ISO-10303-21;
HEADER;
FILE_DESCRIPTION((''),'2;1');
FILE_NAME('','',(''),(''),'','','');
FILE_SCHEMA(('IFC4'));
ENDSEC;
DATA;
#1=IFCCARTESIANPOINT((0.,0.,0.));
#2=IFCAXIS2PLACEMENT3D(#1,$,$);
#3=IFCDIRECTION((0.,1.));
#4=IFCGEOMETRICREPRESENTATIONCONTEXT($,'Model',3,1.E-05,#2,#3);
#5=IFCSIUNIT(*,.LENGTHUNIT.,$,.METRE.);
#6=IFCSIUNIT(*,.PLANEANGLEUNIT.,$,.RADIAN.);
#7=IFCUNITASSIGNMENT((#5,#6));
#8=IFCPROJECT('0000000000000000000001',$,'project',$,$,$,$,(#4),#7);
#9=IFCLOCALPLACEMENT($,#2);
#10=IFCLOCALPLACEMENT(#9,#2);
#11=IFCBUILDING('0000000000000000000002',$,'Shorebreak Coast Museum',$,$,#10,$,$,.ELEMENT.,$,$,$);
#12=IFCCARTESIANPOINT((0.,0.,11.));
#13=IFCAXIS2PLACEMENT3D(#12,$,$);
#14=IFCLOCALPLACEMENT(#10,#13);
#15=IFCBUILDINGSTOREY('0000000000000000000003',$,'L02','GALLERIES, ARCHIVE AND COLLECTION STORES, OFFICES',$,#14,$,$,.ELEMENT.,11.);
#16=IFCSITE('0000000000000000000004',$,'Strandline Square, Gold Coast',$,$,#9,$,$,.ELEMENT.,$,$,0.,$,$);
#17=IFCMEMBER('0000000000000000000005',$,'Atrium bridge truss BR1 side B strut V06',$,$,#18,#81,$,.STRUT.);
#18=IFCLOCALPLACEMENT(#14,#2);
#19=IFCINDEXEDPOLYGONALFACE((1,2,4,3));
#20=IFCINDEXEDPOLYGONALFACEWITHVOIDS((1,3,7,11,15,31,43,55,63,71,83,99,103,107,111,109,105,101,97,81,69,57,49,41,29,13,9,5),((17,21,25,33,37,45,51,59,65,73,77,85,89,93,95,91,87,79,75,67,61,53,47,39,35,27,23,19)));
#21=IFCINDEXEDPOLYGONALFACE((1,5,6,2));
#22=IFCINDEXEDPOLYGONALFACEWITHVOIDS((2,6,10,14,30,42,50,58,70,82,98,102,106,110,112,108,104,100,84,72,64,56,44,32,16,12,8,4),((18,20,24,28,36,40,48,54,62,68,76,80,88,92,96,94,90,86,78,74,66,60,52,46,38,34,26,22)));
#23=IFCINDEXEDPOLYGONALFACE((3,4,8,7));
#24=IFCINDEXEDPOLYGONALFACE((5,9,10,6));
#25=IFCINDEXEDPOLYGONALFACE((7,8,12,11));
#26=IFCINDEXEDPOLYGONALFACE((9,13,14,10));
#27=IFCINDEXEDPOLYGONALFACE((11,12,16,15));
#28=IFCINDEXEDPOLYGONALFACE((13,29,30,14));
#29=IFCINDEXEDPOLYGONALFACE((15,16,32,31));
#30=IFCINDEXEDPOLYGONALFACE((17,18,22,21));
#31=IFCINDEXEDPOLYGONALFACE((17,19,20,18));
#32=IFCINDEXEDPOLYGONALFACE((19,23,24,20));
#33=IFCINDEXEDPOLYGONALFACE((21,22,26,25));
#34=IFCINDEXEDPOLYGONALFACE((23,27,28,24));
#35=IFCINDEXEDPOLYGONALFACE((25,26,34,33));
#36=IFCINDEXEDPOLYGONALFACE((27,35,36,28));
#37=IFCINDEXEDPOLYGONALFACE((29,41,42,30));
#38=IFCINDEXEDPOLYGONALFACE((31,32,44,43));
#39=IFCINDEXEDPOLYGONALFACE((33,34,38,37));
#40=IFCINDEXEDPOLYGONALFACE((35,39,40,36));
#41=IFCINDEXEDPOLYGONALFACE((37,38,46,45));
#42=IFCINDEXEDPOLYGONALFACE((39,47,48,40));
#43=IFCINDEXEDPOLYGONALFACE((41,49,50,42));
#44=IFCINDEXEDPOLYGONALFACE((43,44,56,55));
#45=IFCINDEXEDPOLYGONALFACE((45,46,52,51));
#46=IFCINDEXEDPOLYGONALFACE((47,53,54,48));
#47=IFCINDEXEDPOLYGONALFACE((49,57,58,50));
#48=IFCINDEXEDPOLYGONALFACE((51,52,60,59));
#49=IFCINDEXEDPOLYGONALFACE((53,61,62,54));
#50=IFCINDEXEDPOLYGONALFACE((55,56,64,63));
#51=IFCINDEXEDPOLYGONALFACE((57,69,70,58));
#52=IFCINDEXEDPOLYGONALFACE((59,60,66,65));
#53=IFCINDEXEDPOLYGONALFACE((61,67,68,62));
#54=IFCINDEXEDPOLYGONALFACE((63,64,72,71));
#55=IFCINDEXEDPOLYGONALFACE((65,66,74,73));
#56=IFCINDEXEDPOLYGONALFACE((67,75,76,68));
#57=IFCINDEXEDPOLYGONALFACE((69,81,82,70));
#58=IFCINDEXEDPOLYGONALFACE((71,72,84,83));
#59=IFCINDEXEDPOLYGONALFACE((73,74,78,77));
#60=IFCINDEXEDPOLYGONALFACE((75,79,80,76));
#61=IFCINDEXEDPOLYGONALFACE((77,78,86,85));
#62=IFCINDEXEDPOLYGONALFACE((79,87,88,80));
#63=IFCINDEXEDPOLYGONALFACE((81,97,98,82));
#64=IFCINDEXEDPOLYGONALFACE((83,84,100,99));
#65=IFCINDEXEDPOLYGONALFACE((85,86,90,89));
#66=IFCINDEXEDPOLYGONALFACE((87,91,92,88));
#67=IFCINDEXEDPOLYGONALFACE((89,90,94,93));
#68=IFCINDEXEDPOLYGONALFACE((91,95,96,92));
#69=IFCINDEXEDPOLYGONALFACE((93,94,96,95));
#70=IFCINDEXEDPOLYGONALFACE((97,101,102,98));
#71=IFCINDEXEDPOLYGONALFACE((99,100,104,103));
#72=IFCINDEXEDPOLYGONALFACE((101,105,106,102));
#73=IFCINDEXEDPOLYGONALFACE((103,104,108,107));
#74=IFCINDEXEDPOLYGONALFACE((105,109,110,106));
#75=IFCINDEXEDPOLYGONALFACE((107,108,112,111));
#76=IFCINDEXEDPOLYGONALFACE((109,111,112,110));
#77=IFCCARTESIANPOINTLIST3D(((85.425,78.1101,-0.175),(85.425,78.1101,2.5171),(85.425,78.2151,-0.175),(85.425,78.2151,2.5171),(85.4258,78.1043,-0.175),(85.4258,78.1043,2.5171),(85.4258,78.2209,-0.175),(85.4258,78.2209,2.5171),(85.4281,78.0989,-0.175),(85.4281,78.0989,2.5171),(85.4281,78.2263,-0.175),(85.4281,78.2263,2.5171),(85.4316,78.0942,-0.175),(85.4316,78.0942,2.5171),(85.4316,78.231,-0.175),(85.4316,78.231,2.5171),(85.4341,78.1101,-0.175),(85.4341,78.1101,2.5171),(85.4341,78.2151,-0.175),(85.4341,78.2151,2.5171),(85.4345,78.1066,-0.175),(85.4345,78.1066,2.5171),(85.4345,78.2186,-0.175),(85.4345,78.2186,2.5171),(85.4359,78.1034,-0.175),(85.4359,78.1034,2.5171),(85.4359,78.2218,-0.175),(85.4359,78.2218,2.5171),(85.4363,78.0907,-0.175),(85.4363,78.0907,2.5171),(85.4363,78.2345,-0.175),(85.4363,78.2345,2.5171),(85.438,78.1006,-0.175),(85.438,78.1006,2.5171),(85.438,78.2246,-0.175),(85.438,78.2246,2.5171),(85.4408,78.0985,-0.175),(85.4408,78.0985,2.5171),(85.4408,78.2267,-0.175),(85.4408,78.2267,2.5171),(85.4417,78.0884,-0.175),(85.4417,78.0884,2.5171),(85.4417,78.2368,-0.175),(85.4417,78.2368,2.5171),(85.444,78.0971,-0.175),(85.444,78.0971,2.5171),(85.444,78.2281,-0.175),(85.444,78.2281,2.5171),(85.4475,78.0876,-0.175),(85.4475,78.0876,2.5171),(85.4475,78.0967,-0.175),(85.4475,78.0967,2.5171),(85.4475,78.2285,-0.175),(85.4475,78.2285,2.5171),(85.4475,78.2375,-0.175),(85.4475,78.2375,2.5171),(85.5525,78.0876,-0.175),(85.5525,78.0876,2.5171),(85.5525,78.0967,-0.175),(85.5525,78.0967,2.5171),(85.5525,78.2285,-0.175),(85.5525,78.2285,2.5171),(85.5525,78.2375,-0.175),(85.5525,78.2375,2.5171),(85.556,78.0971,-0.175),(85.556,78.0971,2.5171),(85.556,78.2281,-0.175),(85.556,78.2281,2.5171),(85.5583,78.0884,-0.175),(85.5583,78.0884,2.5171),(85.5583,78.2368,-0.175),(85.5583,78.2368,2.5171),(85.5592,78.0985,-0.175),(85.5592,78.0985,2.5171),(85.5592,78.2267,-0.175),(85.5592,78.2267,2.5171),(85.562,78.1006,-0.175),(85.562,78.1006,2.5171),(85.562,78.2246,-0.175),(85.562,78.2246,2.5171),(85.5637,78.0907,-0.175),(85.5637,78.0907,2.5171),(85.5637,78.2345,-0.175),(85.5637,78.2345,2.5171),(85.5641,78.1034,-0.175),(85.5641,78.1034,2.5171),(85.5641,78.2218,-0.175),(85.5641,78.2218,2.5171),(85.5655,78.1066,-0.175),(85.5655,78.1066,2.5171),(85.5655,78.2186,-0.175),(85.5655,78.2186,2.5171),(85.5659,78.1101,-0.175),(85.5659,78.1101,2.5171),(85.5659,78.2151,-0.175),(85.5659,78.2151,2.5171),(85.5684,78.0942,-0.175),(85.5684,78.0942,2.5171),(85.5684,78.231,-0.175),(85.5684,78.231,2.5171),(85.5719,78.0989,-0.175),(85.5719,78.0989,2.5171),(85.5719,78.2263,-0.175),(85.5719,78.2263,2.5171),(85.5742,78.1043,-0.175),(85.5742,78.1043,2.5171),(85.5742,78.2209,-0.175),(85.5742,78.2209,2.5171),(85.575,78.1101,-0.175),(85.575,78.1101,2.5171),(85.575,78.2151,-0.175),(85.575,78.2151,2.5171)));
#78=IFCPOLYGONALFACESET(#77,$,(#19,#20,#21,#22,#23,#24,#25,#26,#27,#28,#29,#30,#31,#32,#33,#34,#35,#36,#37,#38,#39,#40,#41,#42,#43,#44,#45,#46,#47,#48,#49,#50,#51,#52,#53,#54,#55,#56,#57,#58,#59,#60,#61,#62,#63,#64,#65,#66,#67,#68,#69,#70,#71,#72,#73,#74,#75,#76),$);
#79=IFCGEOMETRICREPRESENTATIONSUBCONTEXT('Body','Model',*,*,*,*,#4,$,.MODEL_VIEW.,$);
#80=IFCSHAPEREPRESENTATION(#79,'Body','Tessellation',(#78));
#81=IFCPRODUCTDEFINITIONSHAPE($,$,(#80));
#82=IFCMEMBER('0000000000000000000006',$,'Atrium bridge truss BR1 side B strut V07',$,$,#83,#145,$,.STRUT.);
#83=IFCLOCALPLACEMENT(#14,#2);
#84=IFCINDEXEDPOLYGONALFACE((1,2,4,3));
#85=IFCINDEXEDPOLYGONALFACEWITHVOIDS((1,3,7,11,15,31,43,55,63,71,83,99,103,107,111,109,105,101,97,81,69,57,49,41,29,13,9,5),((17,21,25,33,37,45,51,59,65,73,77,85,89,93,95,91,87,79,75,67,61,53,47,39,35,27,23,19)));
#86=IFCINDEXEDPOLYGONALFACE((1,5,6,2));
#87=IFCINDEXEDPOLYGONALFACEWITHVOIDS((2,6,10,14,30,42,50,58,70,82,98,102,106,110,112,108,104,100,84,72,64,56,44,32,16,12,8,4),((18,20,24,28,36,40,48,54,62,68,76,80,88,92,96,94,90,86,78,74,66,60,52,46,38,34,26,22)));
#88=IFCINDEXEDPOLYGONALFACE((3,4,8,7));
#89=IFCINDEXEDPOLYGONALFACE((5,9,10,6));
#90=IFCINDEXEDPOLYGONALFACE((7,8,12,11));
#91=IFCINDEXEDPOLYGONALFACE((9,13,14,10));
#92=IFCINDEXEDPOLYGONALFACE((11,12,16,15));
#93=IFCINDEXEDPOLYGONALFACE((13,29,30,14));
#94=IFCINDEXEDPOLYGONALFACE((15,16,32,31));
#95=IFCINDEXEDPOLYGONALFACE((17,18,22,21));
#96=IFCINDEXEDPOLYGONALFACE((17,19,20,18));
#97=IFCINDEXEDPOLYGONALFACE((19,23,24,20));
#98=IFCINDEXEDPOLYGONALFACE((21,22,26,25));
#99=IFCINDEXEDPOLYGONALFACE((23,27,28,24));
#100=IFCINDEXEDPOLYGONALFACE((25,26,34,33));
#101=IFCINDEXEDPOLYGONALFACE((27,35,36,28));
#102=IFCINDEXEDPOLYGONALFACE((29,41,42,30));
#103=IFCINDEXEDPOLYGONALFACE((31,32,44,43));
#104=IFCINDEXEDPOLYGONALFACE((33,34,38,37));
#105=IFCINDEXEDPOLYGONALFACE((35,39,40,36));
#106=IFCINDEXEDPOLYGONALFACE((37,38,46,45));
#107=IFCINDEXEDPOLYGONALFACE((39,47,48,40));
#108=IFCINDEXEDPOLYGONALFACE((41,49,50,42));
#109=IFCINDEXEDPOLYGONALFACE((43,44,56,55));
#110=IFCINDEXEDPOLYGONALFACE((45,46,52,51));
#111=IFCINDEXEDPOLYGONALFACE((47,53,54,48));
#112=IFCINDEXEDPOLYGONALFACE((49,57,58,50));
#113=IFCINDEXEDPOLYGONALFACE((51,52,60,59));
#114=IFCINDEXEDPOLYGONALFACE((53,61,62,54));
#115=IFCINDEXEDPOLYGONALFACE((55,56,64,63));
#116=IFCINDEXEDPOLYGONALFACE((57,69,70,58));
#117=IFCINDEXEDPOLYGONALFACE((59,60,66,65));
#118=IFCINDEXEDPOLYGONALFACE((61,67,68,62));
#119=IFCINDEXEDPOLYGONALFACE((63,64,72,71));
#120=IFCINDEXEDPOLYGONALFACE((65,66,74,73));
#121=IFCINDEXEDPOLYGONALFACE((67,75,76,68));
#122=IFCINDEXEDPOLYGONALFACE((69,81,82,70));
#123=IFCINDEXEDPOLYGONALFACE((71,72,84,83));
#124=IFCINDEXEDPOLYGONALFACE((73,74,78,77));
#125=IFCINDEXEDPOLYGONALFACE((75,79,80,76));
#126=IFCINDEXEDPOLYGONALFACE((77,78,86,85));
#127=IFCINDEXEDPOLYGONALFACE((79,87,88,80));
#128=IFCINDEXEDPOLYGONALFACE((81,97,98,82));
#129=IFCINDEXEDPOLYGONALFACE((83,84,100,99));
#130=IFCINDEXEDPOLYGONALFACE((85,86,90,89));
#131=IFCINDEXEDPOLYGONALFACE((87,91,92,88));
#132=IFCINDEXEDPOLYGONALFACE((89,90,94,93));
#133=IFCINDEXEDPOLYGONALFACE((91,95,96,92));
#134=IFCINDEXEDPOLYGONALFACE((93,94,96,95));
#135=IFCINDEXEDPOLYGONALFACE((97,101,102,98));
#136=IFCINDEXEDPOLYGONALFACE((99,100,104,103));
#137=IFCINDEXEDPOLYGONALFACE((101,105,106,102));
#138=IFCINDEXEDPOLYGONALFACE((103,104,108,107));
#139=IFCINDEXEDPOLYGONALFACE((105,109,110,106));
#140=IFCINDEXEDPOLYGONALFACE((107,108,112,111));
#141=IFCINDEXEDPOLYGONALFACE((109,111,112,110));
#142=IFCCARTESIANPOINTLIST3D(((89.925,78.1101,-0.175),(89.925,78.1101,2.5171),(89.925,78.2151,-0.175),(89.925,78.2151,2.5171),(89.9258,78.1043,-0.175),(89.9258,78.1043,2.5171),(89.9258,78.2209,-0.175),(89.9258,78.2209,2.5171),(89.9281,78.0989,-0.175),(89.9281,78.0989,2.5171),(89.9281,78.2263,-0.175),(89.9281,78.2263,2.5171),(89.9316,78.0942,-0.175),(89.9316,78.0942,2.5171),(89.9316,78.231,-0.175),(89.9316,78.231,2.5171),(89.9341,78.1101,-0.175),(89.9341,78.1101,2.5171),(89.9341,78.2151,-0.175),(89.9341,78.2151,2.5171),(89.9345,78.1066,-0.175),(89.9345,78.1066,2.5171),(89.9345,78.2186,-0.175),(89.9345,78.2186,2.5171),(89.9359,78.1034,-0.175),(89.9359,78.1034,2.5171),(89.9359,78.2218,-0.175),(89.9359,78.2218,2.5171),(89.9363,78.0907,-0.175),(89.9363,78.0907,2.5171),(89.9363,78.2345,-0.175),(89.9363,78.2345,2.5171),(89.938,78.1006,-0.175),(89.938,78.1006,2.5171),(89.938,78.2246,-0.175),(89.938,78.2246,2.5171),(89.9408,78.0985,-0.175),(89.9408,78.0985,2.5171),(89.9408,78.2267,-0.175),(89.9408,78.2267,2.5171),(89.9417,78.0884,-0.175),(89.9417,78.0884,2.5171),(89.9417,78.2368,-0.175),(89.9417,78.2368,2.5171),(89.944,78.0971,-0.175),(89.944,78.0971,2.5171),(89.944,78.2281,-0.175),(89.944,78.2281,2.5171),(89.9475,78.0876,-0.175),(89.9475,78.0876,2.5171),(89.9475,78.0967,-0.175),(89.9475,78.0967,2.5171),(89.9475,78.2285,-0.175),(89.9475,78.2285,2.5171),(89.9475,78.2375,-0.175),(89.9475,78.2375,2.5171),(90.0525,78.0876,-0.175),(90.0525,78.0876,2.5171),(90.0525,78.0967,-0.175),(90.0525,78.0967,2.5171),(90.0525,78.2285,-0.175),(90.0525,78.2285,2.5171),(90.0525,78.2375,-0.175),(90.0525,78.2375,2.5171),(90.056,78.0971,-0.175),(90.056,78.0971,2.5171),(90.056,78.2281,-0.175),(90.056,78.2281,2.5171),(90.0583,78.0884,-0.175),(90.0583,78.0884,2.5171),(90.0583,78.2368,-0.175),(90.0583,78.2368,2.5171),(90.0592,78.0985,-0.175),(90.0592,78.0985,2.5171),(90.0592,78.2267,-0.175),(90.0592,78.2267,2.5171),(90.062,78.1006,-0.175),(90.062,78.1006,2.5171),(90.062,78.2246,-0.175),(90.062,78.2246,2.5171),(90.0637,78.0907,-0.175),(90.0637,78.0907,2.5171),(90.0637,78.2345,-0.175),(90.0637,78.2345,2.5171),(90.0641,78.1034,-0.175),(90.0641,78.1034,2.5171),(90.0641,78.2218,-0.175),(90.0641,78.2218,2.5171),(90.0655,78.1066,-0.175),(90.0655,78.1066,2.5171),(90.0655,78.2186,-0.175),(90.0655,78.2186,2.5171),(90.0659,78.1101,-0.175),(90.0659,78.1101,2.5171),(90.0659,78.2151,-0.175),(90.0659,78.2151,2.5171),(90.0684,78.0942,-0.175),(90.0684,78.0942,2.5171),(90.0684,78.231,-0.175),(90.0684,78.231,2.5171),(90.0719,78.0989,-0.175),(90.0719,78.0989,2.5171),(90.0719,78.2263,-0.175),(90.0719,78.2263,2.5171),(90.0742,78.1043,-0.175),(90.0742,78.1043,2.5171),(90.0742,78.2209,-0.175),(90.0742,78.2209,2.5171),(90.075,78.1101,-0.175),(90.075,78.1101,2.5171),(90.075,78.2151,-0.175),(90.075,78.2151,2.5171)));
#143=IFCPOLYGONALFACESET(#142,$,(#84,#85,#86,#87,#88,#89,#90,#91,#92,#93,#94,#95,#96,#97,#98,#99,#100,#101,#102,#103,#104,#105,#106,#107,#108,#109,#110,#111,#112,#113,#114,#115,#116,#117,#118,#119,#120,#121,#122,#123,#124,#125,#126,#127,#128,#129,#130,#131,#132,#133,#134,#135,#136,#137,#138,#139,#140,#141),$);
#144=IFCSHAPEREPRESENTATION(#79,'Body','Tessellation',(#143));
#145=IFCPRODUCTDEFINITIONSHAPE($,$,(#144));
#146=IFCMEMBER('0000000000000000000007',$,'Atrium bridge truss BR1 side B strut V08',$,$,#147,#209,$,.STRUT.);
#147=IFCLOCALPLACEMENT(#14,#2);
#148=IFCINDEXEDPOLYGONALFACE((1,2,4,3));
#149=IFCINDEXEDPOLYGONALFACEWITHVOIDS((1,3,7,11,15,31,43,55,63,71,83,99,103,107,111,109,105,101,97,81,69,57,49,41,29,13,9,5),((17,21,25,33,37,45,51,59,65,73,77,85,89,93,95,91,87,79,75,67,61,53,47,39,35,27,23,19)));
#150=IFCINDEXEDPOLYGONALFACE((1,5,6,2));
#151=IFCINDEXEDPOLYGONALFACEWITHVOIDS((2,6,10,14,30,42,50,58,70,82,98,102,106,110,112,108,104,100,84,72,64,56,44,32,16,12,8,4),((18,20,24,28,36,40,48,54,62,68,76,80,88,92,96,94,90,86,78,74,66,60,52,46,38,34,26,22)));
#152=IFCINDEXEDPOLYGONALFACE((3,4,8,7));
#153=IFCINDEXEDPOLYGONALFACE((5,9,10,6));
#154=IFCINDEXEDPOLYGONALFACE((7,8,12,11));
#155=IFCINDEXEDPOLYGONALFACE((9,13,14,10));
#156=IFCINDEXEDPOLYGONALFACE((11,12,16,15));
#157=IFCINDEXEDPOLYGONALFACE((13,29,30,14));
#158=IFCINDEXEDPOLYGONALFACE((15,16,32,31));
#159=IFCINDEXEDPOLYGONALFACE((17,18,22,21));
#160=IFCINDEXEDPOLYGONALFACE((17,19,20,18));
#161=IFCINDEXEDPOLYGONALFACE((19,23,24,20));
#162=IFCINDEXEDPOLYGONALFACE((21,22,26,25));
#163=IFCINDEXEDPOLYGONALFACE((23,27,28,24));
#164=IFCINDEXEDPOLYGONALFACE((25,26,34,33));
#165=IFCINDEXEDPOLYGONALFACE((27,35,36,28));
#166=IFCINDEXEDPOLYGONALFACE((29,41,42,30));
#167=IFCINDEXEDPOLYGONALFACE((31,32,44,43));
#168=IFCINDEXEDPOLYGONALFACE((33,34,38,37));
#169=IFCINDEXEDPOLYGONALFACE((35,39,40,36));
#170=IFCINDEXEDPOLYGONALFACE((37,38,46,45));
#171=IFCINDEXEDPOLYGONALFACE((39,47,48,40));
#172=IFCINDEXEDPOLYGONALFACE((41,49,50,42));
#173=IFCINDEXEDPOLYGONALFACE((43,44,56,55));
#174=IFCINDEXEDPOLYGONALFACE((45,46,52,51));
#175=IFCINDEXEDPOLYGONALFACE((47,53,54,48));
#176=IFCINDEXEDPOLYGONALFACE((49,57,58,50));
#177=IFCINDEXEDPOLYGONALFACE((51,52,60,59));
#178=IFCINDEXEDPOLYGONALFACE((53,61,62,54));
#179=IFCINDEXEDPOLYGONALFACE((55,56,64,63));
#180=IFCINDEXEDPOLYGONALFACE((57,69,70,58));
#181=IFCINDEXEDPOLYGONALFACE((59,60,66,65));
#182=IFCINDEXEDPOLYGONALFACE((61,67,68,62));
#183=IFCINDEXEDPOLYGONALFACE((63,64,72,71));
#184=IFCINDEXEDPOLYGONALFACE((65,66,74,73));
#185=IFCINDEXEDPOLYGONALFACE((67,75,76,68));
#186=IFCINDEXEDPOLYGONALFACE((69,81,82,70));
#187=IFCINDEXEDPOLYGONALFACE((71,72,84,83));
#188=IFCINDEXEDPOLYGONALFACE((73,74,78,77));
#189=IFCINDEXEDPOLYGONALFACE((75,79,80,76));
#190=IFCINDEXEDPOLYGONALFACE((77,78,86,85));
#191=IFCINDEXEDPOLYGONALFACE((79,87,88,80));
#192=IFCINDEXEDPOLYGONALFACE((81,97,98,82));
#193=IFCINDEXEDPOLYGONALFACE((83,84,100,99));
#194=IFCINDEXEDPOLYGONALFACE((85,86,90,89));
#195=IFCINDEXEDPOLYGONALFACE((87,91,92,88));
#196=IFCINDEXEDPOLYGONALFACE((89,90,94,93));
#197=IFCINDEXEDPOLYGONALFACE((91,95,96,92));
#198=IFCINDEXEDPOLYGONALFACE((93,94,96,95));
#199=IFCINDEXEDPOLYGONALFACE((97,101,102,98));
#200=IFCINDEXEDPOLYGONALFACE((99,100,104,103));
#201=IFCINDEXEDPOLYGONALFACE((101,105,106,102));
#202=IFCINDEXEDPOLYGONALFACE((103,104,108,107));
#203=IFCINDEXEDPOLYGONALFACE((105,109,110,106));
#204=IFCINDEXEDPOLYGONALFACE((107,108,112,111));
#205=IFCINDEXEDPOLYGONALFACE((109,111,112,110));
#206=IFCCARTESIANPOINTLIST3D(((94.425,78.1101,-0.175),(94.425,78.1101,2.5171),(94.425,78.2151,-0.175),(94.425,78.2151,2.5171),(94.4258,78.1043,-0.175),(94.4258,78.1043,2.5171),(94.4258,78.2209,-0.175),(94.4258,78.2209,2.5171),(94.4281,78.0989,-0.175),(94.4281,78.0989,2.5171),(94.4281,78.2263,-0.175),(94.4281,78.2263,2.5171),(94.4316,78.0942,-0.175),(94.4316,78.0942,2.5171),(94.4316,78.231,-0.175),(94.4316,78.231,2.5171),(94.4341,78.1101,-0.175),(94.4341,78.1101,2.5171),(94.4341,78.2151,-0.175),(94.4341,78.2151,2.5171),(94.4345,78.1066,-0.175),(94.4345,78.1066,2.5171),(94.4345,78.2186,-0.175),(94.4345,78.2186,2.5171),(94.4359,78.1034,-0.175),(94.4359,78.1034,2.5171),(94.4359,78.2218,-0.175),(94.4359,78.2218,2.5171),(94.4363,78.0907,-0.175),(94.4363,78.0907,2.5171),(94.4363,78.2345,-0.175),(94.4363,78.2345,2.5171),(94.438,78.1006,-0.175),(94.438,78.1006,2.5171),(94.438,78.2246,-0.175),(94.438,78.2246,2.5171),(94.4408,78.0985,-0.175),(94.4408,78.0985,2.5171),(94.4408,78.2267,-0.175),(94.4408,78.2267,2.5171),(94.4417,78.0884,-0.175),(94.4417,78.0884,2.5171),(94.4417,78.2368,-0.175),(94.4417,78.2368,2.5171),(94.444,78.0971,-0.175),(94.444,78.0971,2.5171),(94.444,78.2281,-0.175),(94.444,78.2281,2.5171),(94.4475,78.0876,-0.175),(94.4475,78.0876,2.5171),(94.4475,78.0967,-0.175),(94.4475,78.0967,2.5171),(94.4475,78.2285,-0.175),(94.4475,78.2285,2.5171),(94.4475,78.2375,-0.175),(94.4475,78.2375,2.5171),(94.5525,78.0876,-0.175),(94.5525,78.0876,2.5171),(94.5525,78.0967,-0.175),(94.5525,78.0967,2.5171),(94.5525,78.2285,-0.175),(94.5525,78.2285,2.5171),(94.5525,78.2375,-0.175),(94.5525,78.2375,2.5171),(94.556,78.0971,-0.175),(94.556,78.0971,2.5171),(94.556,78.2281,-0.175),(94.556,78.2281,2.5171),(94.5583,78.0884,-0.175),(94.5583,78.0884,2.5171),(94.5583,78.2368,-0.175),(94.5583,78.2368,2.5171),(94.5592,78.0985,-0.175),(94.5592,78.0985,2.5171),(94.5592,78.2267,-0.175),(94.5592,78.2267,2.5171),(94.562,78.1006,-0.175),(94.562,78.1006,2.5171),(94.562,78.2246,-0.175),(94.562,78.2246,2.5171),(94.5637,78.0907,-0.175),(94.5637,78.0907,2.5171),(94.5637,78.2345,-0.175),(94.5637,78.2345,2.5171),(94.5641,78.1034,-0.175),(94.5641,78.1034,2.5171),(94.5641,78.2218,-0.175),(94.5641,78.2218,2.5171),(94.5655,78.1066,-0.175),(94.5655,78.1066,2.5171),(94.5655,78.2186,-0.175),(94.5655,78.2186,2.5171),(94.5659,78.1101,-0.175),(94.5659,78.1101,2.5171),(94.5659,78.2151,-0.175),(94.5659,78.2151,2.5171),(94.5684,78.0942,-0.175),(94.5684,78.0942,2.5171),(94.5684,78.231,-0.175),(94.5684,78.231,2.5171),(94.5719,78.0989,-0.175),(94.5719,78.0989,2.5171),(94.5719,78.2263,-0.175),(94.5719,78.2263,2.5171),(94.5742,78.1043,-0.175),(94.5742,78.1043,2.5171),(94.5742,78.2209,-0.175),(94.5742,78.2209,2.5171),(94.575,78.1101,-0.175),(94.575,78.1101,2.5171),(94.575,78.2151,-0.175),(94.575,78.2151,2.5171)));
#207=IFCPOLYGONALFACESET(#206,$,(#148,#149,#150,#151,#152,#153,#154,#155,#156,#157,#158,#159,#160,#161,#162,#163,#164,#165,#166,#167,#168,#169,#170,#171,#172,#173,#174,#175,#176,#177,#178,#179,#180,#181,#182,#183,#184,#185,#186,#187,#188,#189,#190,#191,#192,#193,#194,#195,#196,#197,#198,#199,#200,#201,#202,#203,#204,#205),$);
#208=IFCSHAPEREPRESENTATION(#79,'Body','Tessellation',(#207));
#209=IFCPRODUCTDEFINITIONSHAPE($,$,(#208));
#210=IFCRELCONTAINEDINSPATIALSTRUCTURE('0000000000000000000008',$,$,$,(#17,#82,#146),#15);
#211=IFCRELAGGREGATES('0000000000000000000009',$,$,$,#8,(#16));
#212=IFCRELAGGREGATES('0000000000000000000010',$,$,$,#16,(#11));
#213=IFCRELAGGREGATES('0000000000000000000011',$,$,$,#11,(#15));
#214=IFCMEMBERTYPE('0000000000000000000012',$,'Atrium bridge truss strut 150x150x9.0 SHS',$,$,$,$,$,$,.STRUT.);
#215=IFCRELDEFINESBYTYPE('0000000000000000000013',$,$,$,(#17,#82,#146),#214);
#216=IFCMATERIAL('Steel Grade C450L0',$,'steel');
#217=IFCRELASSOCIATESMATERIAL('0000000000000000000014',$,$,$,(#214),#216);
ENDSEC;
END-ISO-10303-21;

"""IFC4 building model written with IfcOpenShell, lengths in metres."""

from ifc_helpers import new_model, si_unit, direction, frame, origin, origin_2d, place, context, subcontext, project, spatial, hollow_rectangle, extrude, material, material_profile, profile_set, type_object, element, save


model = new_model("IFC4")

# Units and contexts
model_context = context("Model", 3, precision=1e-05, world=origin(), true_north=direction((0.0, 1.0)))
body_context = subcontext(model_context, "Body", "Model", "MODEL_VIEW")
ifc_project = project(units=[si_unit("LENGTHUNIT", "METRE"), si_unit("PLANEANGLEUNIT", "RADIAN")], contexts=[model_context])

# Site, building, storey
site_placement = place(None, origin())
site = spatial("IfcSite", under=ifc_project, at=site_placement, Name="Strandline Square, Gold Coast", CompositionType="ELEMENT", RefElevation=0.0)
building_placement = place(site_placement, origin())
building = spatial("IfcBuilding", under=site, at=building_placement, Name="Shorebreak Coast Museum", CompositionType="ELEMENT")
storey_placement = place(building_placement, frame((0.0, 0.0, 11.0)))
storey = spatial("IfcBuildingStorey", under=building, at=storey_placement, Name="L02", Description="GALLERIES, ARCHIVE AND COLLECTION STORES, OFFICES", CompositionType="ELEMENT", Elevation=11.0)

# Members
ifc_material_1 = material(Name="Steel Grade C450L0", Category="steel")
ifc_material_profile_1 = material_profile(ifc_material_1, hollow_rectangle(XDim=0.1499, YDim=0.1499, WallThickness=0.009, InnerFilletRadius=0.0134, OuterFilletRadius=0.0225, at=origin_2d()), Name="150x150x9.0 SHS")
ifc_profile_set_1 = profile_set([ifc_material_profile_1], Name="Steel Grade C450L0")
member_type_1 = type_object("IfcMemberType", Name="Atrium bridge truss strut 150x150x9.0 SHS", PredefinedType="STRUT", material=ifc_profile_set_1)
for number, where, z_axis, x_axis, name in (
    (1, (85.5, 78.1626, -0.175), (0.0, 0.0, 1.0), (1.0, 0.0, 0.0), "Atrium bridge truss BR1 side B strut V06"),
    (2, (90.0, 78.1626, -0.175), (0.0, 0.0, 1.0), (1.0, 0.0, 0.0), "Atrium bridge truss BR1 side B strut V07"),
    (3, (94.5, 78.1626, -0.175), (0.0, 0.0, 1.0), (1.0, 0.0, 0.0), "Atrium bridge truss BR1 side B strut V08"),
):
    element("IfcMember", number, at=place(storey_placement, frame(where, z_axis=z_axis, x_axis=x_axis)), inside=storey, type_object=member_type_1, Name=name, PredefinedType="STRUT", context=body_context, shape_type="SweptSolid", body=[
        extrude(hollow_rectangle(XDim=0.1499, YDim=0.1499, WallThickness=0.009, InnerFilletRadius=0.0134, OuterFilletRadius=0.0225, at=origin_2d()), origin(), (0.0, 0.0, 1.0), 2.6921),
    ])

save(model, "model.ifc")
